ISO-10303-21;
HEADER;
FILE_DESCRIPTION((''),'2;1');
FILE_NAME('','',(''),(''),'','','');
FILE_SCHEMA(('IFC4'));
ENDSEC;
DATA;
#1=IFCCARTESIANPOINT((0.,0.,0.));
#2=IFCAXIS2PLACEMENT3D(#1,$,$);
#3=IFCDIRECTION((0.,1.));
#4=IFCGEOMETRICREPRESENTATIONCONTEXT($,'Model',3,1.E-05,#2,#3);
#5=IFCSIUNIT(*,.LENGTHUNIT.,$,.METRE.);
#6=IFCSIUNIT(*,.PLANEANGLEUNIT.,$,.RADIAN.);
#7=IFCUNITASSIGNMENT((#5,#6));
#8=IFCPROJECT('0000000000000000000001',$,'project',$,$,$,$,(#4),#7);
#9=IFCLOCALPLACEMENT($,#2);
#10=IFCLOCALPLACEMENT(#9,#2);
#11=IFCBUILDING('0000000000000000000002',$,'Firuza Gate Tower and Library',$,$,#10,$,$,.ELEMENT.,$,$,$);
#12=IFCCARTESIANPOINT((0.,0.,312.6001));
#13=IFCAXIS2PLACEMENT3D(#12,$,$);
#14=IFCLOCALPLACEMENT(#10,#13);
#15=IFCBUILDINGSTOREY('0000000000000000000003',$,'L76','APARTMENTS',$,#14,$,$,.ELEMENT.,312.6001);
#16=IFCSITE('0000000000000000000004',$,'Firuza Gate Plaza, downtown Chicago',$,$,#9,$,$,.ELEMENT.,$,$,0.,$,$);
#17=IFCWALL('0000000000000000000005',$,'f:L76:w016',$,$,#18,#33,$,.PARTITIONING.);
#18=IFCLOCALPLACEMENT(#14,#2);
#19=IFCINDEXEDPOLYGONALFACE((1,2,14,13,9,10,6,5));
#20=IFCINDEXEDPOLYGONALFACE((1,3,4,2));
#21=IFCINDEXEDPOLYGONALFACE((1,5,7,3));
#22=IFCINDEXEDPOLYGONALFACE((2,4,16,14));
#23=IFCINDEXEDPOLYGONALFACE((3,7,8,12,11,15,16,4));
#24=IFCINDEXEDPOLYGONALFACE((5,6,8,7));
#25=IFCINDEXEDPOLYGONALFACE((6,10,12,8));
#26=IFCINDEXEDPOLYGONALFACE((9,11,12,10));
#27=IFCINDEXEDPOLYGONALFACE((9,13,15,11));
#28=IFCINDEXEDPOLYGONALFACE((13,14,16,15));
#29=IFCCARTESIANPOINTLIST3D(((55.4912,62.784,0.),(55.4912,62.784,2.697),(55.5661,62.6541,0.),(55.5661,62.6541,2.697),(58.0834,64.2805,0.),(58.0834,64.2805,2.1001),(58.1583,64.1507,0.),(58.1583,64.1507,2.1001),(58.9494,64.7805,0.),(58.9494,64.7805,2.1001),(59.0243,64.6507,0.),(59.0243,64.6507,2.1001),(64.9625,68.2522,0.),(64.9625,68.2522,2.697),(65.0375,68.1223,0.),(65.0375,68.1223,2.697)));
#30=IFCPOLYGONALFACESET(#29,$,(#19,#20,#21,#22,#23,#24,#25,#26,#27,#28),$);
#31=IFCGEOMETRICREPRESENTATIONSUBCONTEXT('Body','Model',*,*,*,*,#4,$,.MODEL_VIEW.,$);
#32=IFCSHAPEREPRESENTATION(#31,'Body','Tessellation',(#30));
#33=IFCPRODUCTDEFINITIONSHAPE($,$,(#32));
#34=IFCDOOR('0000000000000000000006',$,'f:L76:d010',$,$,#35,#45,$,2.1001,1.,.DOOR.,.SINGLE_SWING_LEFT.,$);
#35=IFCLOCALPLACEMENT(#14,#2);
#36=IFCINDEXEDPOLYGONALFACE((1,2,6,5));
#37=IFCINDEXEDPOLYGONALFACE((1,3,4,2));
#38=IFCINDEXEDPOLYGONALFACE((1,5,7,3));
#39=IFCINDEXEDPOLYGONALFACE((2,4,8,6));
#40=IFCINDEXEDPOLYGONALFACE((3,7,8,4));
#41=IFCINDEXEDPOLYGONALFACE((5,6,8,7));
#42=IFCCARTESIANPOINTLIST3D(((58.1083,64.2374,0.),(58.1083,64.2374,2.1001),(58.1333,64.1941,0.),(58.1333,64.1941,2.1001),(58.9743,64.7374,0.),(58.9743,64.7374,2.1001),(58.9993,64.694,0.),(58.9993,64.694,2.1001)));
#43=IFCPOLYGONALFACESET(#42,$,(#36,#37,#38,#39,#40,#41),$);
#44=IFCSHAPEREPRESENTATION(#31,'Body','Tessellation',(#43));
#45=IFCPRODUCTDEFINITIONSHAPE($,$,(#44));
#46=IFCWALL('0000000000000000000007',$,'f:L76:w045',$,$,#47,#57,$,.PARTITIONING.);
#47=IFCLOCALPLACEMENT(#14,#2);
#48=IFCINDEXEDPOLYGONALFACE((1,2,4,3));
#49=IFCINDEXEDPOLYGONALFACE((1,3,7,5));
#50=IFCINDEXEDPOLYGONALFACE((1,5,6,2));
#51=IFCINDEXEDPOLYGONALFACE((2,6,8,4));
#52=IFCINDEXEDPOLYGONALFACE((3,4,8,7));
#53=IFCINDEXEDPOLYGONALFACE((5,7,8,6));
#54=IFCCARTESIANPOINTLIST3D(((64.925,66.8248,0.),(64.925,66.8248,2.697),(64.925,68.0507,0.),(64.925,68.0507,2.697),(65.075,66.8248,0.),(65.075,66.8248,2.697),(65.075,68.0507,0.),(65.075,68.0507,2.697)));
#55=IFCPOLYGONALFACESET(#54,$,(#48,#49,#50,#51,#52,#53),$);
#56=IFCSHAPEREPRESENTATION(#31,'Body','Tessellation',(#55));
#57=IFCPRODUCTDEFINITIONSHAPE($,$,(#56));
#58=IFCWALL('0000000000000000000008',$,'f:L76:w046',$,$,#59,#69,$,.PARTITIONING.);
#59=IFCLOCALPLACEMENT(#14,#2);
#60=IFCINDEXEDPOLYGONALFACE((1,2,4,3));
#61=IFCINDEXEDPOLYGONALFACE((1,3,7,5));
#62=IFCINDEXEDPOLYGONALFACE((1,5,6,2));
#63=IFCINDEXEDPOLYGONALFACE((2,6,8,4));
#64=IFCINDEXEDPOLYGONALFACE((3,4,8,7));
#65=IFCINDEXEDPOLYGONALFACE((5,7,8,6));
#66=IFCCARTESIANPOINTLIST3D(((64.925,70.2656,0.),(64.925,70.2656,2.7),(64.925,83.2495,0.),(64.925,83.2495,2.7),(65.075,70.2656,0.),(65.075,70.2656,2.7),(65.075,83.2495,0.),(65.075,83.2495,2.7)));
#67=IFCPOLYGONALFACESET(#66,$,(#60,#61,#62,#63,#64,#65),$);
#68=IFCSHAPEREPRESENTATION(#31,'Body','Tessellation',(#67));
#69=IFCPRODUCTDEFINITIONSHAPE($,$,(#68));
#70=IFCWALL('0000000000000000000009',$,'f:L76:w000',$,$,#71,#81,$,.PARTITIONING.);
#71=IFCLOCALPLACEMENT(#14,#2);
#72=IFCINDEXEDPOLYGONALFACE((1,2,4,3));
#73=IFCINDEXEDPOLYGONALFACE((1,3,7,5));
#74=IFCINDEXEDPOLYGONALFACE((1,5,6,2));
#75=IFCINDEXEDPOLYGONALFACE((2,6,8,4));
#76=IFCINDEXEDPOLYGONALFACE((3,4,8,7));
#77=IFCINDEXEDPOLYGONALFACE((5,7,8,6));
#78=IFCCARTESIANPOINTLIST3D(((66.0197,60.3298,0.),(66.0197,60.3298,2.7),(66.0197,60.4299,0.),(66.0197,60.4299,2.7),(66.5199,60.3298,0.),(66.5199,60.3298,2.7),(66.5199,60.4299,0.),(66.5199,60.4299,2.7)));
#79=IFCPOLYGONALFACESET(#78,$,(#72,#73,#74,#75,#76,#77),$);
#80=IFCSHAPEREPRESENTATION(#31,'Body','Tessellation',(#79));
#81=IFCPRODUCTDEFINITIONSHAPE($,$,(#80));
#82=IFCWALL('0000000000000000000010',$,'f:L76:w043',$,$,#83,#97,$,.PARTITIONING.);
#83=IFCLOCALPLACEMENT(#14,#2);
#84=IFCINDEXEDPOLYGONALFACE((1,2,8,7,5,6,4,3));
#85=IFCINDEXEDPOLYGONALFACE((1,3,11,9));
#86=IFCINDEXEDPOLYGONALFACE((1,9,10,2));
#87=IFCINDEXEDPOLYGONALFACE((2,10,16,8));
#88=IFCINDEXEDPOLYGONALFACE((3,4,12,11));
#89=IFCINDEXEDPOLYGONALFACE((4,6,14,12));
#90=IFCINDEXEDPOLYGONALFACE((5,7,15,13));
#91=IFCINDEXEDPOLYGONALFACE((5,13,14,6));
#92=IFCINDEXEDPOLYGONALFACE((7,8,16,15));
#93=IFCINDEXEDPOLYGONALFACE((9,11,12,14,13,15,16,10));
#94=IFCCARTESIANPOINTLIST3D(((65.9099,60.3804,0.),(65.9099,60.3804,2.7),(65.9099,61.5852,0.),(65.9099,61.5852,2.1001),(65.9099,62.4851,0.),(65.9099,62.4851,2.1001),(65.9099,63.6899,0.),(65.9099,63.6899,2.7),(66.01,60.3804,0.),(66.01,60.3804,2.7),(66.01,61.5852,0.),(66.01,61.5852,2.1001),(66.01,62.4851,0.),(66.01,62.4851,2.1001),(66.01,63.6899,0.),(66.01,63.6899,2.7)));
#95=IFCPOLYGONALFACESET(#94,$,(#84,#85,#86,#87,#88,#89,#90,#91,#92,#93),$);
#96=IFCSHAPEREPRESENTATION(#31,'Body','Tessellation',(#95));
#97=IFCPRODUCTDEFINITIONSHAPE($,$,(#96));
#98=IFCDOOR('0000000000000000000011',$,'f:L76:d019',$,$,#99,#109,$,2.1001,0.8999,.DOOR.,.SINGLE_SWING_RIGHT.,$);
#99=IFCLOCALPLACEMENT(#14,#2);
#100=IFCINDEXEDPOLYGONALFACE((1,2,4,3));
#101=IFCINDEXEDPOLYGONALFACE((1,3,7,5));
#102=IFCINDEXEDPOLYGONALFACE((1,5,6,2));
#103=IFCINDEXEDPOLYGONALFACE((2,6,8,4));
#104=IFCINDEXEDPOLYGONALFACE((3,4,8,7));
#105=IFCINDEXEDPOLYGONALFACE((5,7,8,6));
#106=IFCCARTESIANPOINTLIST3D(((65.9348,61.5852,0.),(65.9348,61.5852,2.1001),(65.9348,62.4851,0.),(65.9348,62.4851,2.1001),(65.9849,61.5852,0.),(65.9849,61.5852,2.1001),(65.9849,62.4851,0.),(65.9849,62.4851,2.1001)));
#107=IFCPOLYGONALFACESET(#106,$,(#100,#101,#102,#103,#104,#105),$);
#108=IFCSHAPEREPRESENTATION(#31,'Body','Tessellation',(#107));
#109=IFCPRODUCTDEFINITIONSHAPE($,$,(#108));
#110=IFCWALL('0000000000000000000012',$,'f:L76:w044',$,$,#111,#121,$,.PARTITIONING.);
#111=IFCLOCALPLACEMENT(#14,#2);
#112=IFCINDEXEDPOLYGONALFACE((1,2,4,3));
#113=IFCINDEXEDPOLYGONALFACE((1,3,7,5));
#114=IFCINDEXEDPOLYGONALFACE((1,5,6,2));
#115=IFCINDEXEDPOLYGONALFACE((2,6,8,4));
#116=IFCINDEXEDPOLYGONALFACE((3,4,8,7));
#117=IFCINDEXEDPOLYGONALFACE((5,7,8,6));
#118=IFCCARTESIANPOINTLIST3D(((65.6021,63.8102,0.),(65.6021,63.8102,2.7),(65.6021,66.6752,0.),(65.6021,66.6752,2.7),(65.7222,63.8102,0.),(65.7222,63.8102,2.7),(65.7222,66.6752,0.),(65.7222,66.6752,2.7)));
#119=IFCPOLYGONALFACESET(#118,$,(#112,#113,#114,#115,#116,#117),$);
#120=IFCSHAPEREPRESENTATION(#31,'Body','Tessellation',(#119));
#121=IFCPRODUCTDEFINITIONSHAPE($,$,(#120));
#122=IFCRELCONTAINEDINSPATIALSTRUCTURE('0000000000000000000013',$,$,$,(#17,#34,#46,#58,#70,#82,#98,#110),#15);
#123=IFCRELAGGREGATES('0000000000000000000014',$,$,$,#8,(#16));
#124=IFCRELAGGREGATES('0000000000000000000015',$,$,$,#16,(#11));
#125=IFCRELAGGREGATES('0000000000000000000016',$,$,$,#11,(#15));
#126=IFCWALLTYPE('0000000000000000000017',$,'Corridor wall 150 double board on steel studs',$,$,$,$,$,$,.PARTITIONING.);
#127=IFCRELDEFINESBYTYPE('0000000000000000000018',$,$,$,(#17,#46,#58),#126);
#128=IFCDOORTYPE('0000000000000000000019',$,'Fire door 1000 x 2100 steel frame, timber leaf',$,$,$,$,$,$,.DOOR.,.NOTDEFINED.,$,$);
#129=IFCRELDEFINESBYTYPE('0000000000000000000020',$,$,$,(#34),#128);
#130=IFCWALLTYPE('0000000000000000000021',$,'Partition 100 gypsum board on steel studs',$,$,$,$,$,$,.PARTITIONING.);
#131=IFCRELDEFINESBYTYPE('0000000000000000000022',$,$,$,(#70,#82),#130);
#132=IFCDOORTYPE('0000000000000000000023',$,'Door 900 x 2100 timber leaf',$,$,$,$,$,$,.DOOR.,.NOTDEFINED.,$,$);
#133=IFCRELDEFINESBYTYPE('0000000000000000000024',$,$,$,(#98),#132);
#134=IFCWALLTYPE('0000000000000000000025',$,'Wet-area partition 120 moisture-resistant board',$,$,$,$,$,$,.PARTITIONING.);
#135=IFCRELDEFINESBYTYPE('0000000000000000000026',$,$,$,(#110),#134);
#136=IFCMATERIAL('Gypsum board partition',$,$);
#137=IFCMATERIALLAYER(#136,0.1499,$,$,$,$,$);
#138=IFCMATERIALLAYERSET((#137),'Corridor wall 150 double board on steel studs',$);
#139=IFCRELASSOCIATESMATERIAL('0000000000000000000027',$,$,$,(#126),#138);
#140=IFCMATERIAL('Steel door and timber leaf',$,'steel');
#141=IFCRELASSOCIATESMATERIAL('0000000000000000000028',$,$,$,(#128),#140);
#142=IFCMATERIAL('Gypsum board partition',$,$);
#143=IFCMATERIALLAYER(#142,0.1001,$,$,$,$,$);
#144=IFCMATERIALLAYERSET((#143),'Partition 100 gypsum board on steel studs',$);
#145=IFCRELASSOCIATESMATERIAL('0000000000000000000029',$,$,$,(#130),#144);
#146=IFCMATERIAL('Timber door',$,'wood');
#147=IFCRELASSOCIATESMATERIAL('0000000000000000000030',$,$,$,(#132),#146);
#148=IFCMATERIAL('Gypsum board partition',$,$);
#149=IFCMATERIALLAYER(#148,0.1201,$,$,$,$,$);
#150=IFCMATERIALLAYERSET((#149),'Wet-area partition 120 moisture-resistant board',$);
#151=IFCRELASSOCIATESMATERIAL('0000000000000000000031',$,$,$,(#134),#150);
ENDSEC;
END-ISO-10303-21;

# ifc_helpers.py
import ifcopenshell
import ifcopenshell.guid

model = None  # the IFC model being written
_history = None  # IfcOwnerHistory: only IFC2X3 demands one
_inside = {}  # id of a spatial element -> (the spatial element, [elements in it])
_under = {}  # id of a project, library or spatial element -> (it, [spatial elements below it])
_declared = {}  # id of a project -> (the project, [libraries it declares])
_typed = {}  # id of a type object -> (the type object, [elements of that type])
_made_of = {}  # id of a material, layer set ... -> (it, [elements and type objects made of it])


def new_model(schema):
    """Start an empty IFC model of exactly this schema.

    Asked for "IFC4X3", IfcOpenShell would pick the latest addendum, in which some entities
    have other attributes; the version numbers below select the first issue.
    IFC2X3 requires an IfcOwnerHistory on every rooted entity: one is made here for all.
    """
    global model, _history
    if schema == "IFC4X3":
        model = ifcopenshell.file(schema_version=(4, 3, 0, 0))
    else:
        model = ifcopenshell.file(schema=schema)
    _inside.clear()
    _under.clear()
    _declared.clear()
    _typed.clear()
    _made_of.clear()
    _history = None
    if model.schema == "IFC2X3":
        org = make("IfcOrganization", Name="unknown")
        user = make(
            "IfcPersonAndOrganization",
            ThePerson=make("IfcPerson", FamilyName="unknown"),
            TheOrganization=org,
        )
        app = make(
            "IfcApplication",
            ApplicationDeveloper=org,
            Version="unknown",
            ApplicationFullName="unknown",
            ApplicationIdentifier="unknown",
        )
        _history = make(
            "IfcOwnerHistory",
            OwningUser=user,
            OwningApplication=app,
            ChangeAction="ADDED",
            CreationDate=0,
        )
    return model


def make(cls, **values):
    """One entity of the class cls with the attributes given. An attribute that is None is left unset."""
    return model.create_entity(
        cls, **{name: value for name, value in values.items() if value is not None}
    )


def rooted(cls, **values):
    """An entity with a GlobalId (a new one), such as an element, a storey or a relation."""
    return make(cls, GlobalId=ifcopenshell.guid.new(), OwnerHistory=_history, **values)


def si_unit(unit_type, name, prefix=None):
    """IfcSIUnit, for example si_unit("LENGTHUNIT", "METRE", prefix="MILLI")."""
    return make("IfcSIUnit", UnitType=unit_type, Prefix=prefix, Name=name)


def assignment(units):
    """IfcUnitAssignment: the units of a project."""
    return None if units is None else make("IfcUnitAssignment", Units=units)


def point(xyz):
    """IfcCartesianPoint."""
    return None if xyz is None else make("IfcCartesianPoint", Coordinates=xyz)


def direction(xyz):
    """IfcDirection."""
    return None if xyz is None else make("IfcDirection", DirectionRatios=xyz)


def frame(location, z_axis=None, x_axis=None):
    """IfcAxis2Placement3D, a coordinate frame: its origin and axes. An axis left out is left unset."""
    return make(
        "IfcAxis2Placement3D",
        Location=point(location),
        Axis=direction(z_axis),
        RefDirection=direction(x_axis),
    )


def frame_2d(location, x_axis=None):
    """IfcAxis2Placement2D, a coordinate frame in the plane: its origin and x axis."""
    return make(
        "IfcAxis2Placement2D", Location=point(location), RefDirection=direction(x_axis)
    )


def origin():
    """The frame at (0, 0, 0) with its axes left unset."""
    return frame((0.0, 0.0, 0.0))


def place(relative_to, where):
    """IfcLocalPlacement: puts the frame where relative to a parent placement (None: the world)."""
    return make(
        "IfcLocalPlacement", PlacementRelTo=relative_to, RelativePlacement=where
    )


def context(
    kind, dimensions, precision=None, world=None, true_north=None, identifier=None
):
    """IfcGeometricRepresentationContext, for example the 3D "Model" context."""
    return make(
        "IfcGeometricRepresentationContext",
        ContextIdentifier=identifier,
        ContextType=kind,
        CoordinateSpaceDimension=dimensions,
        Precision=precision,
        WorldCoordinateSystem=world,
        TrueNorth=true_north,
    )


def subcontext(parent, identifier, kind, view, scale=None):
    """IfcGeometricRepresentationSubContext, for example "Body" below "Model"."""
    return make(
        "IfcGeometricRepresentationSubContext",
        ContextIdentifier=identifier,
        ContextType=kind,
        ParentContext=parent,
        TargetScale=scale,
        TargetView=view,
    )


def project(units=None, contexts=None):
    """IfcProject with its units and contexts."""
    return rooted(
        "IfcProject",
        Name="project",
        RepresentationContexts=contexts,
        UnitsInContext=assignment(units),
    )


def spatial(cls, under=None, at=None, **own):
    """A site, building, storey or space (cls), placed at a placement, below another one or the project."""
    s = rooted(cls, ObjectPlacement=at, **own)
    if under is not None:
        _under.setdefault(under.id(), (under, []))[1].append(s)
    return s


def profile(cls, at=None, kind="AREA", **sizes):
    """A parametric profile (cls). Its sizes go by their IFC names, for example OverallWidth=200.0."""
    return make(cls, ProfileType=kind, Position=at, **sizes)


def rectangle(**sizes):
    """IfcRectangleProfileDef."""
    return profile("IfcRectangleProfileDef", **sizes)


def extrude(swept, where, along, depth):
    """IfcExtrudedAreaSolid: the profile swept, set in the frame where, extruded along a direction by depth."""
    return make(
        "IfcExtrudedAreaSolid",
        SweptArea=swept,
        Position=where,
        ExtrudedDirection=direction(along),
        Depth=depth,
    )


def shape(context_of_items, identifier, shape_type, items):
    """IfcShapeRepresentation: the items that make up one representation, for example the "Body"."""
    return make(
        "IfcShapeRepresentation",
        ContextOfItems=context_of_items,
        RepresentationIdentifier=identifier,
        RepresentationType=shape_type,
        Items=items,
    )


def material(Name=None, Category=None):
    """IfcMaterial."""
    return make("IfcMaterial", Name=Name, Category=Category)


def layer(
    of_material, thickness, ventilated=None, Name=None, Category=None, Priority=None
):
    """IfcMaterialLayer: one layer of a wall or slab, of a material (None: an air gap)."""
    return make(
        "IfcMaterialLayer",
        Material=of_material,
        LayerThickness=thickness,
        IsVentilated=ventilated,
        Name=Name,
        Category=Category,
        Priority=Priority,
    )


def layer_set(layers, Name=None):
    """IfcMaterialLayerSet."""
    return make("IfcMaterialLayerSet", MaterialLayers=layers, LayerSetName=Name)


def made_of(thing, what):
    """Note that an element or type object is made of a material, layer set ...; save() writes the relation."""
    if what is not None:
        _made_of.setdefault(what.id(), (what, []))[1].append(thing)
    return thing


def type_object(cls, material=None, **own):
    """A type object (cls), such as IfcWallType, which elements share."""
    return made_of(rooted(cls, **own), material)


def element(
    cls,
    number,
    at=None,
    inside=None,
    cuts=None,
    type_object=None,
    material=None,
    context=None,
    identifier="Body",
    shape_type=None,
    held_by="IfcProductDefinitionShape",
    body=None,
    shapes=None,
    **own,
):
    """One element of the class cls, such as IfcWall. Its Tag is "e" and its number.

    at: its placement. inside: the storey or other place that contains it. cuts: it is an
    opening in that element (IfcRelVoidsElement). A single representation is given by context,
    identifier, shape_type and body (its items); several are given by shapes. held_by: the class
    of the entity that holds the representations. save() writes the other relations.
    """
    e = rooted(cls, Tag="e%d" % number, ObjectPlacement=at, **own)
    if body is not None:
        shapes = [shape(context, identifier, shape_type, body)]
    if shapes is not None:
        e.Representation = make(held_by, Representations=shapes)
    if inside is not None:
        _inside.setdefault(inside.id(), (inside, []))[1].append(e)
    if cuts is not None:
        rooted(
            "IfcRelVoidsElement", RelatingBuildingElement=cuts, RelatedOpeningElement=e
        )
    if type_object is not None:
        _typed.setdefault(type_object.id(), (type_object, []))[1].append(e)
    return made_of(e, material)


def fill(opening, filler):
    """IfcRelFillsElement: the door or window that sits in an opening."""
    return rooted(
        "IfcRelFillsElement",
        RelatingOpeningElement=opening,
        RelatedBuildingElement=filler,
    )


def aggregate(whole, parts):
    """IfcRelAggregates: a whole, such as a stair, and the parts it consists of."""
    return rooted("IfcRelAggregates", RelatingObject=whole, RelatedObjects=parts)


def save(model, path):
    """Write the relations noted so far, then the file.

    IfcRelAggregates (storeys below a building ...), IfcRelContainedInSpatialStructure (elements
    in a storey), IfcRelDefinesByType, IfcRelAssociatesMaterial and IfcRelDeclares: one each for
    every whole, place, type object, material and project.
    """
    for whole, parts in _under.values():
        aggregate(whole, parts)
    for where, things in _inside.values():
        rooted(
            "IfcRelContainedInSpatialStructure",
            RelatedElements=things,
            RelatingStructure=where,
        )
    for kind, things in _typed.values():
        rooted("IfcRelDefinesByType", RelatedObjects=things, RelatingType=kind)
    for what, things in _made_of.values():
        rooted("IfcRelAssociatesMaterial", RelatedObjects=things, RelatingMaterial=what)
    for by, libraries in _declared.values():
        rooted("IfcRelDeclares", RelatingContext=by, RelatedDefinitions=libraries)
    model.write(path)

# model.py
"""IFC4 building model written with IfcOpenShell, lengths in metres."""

from ifc_helpers import new_model, si_unit, direction, frame, frame_2d, origin, place, context, subcontext, project, spatial, rectangle, extrude, material, layer, layer_set, type_object, element, fill, save


model = new_model("IFC4")

# Units and contexts
model_context = context("Model", 3, precision=1e-05, world=origin(), true_north=direction((0.0, 1.0)))
body_context = subcontext(model_context, "Body", "Model", "MODEL_VIEW")
ifc_project = project(units=[si_unit("LENGTHUNIT", "METRE"), si_unit("PLANEANGLEUNIT", "RADIAN")], contexts=[model_context])

# Site, building, storey
site_placement = place(None, origin())
site = spatial("IfcSite", under=ifc_project, at=site_placement, Name="Firuza Gate Plaza, downtown Chicago", CompositionType="ELEMENT", RefElevation=0.0)
building_placement = place(site_placement, origin())
building = spatial("IfcBuilding", under=site, at=building_placement, Name="Firuza Gate Tower and Library", CompositionType="ELEMENT")
storey_placement = place(building_placement, frame((0.0, 0.0, 312.6001)))
storey = spatial("IfcBuildingStorey", under=building, at=storey_placement, Name="L76", Description="APARTMENTS", CompositionType="ELEMENT", Elevation=312.6001)

# Wall, opening, door
ifc_material_1 = material(Name="Gypsum board partition")
ifc_layer_1 = layer(ifc_material_1, 0.1499)
ifc_layer_set_1 = layer_set([ifc_layer_1], Name="Corridor wall 150 double board on steel studs")
wall_type_1 = type_object("IfcWallType", Name="Corridor wall 150 double board on steel studs", PredefinedType="PARTITIONING", material=ifc_layer_set_1)
wall_1_placement = place(storey_placement, frame((65.0, 68.1873, 0.0), z_axis=(0.0, 0.0, 1.0), x_axis=(-0.866028, -0.499995, 0.0)))
wall_1 = element("IfcWall", 1, at=wall_1_placement, inside=storey, type_object=wall_type_1, Name="f:L76:w016", PredefinedType="PARTITIONING", context=body_context, shape_type="SweptSolid", body=[
    extrude(rectangle(XDim=10.9365, YDim=0.1499, at=frame_2d((5.4683, 0.0))), origin(), (0.0, 0.0, 1.0), 2.697),
])
opening_1_placement = place(wall_1_placement, frame((6.9434, 0.0, 0.0)))
opening_1 = element("IfcOpeningElement", 2, at=opening_1_placement, cuts=wall_1, PredefinedType="OPENING", context=body_context, shape_type="SweptSolid", body=[
    extrude(rectangle(XDim=1.0, YDim=2.1001, at=frame_2d((0.5, 1.05))), frame((0.0, 0.085, 0.0), z_axis=(0.0, -1.0, 0.0), x_axis=(1.0, 0.0, 0.0)), (0.0, 0.0, 1.0), 0.1699),
])
ifc_material_2 = material(Name="Steel door and timber leaf", Category="steel")
door_type_1 = type_object("IfcDoorType", Name="Fire door 1000 x 2100 steel frame, timber leaf", OperationType="NOTDEFINED", PredefinedType="DOOR", material=ifc_material_2)
door_1_placement = place(opening_1_placement, origin())
door_1 = element("IfcDoor", 3, at=door_1_placement, inside=storey, type_object=door_type_1, Name="f:L76:d010", OperationType="SINGLE_SWING_LEFT", OverallHeight=2.1001, OverallWidth=1.0, PredefinedType="DOOR", context=body_context, shape_type="SweptSolid", body=[
    extrude(rectangle(XDim=1.0, YDim=2.1001, at=frame_2d((0.5, 1.05))), frame((0.0, 0.0249, 0.0), z_axis=(0.0, -1.0, 0.0), x_axis=(1.0, 0.0, 0.0)), (0.0, 0.0, 1.0), 0.05),
])
fill(opening_1, door_1)

# Walls
wall_2_placement = place(storey_placement, frame((65.0, 66.825, 0.0), z_axis=(0.0, 0.0, 1.0), x_axis=(0.0, 1.0, 0.0)))
element("IfcWall", 4, at=wall_2_placement, inside=storey, type_object=wall_type_1, Name="f:L76:w045", PredefinedType="PARTITIONING", context=body_context, shape_type="SweptSolid", body=[
    extrude(rectangle(XDim=1.2258, YDim=0.1499, at=frame_2d((0.6128, 0.0))), origin(), (0.0, 0.0, 1.0), 2.697),
])
wall_3_placement = place(storey_placement, frame((65.0, 70.2656, 0.0), z_axis=(0.0, 0.0, 1.0), x_axis=(0.0, 1.0, 0.0)))
element("IfcWall", 5, at=wall_3_placement, inside=storey, type_object=wall_type_1, Name="f:L76:w046", PredefinedType="PARTITIONING", context=body_context, shape_type="SweptSolid", body=[
    extrude(rectangle(XDim=12.9839, YDim=0.1499, at=frame_2d((6.4919, 0.0))), origin(), (0.0, 0.0, 1.0), 2.7),
])
ifc_material_3 = material(Name="Gypsum board partition")
ifc_layer_2 = layer(ifc_material_3, 0.1001)
ifc_layer_set_2 = layer_set([ifc_layer_2], Name="Partition 100 gypsum board on steel studs")
wall_type_2 = type_object("IfcWallType", Name="Partition 100 gypsum board on steel studs", PredefinedType="PARTITIONING", material=ifc_layer_set_2)
wall_4_placement = place(storey_placement, frame((66.0198, 60.3799, 0.0), z_axis=(0.0, 0.0, 1.0), x_axis=(1.0, 0.0, 0.0)))
element("IfcWall", 6, at=wall_4_placement, inside=storey, type_object=wall_type_2, Name="f:L76:w000", PredefinedType="PARTITIONING", context=body_context, shape_type="SweptSolid", body=[
    extrude(rectangle(XDim=0.5002, YDim=0.1001, at=frame_2d((0.25, 0.0))), origin(), (0.0, 0.0, 1.0), 2.7),
])

# Wall, opening, door
wall_5_placement = place(storey_placement, frame((65.96, 63.6899, 0.0), z_axis=(0.0, 0.0, 1.0), x_axis=(0.0, -1.0, 0.0)))
wall_5 = element("IfcWall", 7, at=wall_5_placement, inside=storey, type_object=wall_type_2, Name="f:L76:w043", PredefinedType="PARTITIONING", context=body_context, shape_type="SweptSolid", body=[
    extrude(rectangle(XDim=3.3096, YDim=0.1001, at=frame_2d((1.6548, 0.0))), origin(), (0.0, 0.0, 1.0), 2.7),
])
opening_2_placement = place(wall_5_placement, frame((1.2048, 0.0, 0.0)))
opening_2 = element("IfcOpeningElement", 8, at=opening_2_placement, cuts=wall_5, PredefinedType="OPENING", context=body_context, shape_type="SweptSolid", body=[
    extrude(rectangle(XDim=0.8999, YDim=2.1001, at=frame_2d((0.45, 1.05))), frame((0.0, 0.0601, 0.0), z_axis=(0.0, -1.0, 0.0), x_axis=(1.0, 0.0, 0.0)), (0.0, 0.0, 1.0), 0.1201),
])
ifc_material_4 = material(Name="Timber door", Category="wood")
door_type_2 = type_object("IfcDoorType", Name="Door 900 x 2100 timber leaf", OperationType="NOTDEFINED", PredefinedType="DOOR", material=ifc_material_4)
door_2_placement = place(opening_2_placement, origin())
door_2 = element("IfcDoor", 9, at=door_2_placement, inside=storey, type_object=door_type_2, Name="f:L76:d019", OperationType="SINGLE_SWING_RIGHT", OverallHeight=2.1001, OverallWidth=0.8999, PredefinedType="DOOR", context=body_context, shape_type="SweptSolid", body=[
    extrude(rectangle(XDim=0.8999, YDim=2.1001, at=frame_2d((0.45, 1.05))), frame((0.0, 0.0249, 0.0), z_axis=(0.0, -1.0, 0.0), x_axis=(1.0, 0.0, 0.0)), (0.0, 0.0, 1.0), 0.05),
])
fill(opening_2, door_2)

# Wall
ifc_material_5 = material(Name="Gypsum board partition")
ifc_layer_3 = layer(ifc_material_5, 0.1201)
ifc_layer_set_3 = layer_set([ifc_layer_3], Name="Wet-area partition 120 moisture-resistant board")
wall_type_3 = type_object("IfcWallType", Name="Wet-area partition 120 moisture-resistant board", PredefinedType="PARTITIONING", material=ifc_layer_set_3)
wall_6_placement = place(storey_placement, frame((65.6621, 63.8101, 0.0), z_axis=(0.0, 0.0, 1.0), x_axis=(0.0, 1.0, 0.0)))
element("IfcWall", 10, at=wall_6_placement, inside=storey, type_object=wall_type_3, Name="f:L76:w044", PredefinedType="PARTITIONING", context=body_context, shape_type="SweptSolid", body=[
    extrude(rectangle(XDim=2.865, YDim=0.1201, at=frame_2d((1.4326, 0.0))), origin(), (0.0, 0.0, 1.0), 2.7),
])

save(model, "model.ifc")
